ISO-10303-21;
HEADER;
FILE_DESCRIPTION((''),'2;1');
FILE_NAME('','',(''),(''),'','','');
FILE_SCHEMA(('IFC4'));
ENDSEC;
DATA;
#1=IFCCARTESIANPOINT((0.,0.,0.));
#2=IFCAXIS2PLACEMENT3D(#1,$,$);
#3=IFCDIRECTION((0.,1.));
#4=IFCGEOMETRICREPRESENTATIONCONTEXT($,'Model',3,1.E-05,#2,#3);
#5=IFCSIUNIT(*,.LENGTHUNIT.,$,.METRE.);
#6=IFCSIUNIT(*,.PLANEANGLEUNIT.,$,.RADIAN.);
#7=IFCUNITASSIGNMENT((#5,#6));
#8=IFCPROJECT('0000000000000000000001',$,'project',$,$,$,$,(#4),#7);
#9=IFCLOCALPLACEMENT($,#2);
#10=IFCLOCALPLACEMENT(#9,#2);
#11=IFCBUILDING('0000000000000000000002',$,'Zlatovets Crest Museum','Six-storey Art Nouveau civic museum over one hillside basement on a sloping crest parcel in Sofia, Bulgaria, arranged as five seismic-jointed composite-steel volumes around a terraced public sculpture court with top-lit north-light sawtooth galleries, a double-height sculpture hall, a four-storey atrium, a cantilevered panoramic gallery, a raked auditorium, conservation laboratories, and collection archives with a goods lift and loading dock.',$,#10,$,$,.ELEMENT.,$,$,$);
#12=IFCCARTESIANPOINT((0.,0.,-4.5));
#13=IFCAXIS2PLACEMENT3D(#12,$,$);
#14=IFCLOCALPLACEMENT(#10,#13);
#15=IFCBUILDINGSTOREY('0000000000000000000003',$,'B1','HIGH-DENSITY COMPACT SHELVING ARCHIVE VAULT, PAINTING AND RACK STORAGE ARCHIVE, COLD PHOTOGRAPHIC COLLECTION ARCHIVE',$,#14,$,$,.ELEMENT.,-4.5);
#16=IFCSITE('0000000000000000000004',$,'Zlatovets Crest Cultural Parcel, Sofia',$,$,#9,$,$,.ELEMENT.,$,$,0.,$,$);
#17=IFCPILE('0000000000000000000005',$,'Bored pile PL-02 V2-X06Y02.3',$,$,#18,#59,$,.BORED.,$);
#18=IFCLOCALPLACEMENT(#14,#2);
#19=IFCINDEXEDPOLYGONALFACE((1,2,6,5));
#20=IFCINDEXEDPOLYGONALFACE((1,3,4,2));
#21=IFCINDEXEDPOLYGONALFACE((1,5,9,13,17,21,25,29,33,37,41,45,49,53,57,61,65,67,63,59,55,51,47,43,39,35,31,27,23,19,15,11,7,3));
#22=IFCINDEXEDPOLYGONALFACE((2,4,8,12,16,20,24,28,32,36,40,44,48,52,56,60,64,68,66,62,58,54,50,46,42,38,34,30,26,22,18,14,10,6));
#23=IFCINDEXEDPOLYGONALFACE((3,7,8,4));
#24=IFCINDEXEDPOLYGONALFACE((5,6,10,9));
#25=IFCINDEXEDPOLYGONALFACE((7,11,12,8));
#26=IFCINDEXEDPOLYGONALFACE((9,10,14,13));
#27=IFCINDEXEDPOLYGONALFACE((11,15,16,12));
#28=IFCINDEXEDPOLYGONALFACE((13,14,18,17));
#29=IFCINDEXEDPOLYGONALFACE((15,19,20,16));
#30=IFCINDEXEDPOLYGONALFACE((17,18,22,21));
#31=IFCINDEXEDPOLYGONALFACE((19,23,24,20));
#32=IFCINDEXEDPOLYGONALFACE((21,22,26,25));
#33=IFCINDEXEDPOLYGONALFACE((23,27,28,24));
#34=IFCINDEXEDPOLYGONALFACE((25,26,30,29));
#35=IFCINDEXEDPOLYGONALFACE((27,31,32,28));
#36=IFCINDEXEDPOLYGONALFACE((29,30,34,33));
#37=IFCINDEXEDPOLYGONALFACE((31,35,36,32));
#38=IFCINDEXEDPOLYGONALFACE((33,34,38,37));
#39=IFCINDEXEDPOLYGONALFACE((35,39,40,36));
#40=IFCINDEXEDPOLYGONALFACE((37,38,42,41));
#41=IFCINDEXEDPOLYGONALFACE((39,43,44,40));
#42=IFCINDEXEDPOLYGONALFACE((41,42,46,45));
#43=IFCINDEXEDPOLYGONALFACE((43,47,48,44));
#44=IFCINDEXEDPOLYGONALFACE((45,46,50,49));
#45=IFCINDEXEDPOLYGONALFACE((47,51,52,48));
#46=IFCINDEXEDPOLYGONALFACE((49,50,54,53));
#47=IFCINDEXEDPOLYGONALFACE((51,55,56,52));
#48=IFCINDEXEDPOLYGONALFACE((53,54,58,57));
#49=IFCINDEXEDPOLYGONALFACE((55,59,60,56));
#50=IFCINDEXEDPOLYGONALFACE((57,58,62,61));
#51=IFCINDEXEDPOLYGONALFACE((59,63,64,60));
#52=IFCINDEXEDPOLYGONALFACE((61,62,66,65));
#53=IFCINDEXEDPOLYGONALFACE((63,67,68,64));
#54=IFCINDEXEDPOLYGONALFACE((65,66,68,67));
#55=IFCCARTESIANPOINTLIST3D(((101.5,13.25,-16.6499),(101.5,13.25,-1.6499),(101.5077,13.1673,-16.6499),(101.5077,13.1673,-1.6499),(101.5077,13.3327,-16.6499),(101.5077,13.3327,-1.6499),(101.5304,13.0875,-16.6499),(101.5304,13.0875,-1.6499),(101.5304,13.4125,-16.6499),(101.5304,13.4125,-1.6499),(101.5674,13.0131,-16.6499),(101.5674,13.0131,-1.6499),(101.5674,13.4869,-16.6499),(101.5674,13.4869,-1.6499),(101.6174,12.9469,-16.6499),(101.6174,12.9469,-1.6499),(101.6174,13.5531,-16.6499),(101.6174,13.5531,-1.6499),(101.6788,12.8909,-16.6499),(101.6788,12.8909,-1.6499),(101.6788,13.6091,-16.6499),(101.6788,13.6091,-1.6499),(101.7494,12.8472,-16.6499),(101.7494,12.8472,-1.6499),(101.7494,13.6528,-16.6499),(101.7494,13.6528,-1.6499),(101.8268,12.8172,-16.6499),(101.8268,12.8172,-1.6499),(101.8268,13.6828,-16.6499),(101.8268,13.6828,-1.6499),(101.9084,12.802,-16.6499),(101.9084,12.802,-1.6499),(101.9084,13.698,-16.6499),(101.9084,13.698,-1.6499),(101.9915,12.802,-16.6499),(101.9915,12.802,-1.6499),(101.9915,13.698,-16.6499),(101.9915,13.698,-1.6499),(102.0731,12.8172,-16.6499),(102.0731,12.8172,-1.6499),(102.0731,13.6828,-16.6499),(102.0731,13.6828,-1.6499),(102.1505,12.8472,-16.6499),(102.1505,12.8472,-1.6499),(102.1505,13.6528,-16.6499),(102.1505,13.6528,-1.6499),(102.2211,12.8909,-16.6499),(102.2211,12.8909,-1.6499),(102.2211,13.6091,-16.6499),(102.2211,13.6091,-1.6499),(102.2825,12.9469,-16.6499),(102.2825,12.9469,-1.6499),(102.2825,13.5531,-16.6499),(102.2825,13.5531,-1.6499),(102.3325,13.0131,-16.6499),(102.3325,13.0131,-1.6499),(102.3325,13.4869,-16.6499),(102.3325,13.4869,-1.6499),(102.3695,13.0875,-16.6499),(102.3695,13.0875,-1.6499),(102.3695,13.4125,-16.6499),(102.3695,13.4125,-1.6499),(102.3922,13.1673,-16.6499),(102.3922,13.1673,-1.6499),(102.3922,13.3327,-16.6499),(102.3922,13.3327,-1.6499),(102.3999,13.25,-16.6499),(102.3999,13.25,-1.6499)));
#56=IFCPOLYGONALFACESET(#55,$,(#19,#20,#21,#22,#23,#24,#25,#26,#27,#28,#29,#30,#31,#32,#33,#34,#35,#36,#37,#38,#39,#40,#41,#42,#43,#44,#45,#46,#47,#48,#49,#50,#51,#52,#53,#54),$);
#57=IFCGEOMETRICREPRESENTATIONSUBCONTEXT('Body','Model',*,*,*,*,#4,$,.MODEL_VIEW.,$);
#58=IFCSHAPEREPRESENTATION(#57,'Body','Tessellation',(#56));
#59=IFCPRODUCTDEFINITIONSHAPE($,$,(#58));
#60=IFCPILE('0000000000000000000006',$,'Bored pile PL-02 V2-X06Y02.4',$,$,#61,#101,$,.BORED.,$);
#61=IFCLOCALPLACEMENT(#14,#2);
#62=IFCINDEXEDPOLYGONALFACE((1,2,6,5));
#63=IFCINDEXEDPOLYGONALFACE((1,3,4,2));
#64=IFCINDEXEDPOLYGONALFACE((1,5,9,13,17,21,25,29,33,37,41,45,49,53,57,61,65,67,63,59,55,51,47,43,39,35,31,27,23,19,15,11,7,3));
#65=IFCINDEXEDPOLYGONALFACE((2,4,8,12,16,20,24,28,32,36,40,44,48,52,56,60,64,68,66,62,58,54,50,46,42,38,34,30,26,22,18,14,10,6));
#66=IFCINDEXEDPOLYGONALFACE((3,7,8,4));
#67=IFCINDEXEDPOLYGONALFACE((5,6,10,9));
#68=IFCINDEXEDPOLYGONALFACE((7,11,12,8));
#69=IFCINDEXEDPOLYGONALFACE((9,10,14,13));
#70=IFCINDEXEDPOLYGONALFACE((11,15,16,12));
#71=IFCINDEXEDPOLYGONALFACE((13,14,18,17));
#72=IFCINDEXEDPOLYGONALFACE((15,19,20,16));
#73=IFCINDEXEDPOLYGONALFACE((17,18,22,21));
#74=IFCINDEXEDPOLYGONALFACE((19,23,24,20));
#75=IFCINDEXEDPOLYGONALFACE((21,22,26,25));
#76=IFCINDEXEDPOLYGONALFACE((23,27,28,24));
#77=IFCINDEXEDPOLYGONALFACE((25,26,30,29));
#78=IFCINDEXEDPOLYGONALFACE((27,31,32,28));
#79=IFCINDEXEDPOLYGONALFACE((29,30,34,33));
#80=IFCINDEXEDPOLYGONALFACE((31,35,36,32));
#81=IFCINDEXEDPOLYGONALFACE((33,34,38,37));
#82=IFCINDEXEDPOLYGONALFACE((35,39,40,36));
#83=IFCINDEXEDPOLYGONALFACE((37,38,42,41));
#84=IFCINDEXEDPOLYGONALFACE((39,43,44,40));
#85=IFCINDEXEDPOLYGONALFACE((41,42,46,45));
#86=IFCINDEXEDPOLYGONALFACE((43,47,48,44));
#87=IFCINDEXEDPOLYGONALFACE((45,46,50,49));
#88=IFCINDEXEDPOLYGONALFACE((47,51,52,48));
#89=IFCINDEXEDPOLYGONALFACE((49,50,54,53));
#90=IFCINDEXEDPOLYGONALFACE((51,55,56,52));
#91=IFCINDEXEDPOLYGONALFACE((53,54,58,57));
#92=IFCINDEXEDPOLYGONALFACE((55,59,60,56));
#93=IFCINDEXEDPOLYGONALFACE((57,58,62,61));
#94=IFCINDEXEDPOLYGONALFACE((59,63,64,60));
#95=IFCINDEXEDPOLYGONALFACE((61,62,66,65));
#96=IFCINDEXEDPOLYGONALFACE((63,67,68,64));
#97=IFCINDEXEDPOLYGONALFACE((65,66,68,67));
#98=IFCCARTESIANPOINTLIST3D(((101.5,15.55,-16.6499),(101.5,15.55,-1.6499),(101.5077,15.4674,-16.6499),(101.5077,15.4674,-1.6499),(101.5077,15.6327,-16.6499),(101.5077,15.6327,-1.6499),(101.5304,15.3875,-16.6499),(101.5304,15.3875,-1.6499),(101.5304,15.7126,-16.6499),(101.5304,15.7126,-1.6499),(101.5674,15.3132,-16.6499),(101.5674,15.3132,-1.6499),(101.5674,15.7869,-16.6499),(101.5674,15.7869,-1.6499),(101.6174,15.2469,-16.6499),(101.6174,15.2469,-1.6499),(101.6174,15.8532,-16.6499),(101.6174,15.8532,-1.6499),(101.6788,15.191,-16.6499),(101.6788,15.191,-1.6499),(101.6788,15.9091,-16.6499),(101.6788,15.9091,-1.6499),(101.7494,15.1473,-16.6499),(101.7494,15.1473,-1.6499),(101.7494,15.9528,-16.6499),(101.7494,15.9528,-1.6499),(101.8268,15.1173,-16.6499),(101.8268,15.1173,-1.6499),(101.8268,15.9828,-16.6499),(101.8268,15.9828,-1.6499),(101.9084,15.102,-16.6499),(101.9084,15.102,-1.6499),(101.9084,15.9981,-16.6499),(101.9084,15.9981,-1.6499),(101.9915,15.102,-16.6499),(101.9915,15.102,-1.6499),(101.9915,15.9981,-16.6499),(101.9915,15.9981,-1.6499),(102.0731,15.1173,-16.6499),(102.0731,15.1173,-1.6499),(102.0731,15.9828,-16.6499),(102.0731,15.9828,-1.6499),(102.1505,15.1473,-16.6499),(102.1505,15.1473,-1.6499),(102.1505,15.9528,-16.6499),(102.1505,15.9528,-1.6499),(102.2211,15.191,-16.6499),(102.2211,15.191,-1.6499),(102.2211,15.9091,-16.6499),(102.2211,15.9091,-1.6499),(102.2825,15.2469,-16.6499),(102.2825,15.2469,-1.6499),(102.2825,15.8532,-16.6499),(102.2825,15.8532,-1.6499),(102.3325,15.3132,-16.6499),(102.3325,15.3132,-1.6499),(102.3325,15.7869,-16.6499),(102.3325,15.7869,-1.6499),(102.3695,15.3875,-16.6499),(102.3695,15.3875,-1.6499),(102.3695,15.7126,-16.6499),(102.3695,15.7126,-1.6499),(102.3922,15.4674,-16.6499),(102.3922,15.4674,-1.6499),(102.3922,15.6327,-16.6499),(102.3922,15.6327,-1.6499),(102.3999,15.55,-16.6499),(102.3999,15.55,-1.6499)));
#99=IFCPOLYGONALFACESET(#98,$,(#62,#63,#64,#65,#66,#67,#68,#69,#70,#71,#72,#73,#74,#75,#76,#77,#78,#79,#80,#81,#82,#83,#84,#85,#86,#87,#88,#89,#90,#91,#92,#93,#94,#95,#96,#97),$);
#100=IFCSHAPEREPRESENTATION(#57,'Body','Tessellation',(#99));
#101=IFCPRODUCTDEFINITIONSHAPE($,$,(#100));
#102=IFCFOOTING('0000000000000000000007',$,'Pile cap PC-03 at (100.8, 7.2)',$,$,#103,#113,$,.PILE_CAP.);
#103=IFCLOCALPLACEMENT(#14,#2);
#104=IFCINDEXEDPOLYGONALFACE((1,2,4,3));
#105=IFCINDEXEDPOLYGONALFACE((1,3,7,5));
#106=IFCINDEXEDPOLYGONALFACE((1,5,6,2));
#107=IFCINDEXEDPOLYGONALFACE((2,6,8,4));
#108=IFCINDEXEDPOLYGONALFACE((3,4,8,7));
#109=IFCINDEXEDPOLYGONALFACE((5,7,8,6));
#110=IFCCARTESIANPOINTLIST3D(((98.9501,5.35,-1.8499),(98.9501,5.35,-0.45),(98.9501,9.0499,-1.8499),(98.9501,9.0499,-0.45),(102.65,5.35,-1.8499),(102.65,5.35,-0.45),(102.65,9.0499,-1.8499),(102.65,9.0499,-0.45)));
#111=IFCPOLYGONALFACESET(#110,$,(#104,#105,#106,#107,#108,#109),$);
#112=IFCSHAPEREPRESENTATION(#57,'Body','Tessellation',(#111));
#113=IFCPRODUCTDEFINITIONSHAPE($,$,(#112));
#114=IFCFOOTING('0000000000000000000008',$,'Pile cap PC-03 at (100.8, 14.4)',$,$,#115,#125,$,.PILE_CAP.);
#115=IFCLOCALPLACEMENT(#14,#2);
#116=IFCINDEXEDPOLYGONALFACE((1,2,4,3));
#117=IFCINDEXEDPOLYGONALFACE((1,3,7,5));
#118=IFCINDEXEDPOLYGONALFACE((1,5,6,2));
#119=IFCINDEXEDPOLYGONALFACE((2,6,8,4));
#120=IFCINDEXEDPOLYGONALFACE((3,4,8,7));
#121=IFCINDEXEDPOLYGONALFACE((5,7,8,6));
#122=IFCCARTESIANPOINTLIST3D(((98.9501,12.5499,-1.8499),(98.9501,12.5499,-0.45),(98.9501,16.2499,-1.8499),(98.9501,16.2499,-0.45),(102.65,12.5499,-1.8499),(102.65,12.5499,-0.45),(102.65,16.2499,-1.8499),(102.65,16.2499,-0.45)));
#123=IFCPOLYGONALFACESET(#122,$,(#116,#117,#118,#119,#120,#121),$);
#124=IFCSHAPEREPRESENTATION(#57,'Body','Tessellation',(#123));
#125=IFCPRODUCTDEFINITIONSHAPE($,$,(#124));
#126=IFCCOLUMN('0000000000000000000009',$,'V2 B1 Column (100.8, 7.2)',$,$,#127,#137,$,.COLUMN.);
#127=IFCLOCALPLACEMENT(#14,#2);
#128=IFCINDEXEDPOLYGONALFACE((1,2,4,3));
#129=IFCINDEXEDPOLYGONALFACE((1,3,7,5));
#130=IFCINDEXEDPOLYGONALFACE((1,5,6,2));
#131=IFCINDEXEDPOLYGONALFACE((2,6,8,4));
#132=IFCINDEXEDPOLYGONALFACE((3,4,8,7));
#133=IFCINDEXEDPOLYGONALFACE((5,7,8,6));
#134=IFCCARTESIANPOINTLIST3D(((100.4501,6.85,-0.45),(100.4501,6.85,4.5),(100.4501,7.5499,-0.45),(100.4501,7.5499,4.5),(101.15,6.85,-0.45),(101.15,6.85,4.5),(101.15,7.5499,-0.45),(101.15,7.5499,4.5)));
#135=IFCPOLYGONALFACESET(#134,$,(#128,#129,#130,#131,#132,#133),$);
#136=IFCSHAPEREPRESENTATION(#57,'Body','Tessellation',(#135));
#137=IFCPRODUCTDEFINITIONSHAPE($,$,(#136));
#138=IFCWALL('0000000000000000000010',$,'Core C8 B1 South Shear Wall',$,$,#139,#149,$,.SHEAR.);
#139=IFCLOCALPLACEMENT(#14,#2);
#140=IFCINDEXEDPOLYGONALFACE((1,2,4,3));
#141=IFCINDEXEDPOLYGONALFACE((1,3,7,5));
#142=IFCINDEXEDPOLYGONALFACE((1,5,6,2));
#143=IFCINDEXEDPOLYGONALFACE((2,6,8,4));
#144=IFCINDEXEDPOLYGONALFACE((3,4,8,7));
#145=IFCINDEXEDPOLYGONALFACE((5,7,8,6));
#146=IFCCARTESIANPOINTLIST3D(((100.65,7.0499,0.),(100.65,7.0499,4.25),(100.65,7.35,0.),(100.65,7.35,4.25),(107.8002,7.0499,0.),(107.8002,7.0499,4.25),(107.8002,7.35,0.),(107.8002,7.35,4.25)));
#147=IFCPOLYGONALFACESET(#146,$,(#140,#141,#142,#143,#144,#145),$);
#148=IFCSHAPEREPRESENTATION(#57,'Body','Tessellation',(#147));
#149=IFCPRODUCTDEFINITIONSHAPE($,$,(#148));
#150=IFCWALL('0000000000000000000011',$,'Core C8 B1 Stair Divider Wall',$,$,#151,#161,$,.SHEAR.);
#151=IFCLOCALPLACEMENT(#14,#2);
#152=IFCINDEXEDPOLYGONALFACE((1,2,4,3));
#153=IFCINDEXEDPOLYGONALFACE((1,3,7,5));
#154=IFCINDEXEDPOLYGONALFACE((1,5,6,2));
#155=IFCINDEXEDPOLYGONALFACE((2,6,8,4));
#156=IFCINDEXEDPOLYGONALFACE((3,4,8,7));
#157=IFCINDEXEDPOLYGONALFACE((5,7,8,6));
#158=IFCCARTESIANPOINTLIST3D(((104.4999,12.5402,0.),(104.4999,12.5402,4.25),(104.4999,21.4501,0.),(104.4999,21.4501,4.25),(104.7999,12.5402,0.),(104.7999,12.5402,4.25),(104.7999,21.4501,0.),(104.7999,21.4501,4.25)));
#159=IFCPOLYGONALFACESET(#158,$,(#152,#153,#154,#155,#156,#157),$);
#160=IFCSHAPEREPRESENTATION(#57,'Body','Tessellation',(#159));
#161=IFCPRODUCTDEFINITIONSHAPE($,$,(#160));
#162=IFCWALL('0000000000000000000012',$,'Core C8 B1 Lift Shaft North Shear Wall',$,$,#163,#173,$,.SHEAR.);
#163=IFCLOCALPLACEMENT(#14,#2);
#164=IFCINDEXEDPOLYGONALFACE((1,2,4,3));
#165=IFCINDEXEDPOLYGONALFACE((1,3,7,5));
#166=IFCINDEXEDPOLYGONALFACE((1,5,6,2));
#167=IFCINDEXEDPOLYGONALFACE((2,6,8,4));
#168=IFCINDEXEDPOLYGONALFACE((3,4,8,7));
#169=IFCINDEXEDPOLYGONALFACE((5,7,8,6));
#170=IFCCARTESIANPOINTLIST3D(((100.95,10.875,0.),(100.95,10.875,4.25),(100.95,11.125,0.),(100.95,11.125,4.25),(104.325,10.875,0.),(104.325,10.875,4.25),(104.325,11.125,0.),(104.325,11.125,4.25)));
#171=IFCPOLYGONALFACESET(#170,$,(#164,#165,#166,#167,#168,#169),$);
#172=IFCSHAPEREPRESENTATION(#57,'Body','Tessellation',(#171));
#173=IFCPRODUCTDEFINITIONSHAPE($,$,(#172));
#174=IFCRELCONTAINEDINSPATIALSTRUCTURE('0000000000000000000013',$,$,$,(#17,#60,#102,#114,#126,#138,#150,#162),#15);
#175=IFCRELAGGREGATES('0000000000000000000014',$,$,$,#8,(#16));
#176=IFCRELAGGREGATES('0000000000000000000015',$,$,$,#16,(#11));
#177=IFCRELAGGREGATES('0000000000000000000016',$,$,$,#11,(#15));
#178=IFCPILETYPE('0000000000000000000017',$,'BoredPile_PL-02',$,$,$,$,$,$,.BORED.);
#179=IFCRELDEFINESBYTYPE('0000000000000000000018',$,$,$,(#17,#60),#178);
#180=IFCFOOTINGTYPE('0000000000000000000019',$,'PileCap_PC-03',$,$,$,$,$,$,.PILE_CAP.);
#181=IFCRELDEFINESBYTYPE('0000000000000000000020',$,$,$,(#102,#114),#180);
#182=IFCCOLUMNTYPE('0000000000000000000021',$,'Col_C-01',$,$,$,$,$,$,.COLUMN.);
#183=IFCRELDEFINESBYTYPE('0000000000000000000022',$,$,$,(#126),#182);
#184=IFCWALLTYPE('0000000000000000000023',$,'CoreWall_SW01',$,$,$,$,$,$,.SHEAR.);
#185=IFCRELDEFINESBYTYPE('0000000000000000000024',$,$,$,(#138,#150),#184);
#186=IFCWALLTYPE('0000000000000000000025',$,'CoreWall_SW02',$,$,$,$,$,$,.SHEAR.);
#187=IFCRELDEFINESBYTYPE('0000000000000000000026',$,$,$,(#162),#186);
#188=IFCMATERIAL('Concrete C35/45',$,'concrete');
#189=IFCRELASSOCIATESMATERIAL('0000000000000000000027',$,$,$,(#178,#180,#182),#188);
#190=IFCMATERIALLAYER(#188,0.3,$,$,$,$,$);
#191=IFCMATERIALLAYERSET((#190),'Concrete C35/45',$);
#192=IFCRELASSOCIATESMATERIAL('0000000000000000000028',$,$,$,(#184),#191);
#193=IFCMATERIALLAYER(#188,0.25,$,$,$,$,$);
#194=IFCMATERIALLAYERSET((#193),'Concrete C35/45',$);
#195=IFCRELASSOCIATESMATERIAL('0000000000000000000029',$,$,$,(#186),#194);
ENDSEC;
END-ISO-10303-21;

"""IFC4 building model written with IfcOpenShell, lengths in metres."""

from ifc_helpers import new_model, si_unit, direction, frame, frame_2d, origin, origin_2d, place, context, subcontext, project, spatial, rectangle, circle, extrude, material, layer, layer_set, material_profile, profile_set, type_object, element, save


model = new_model("IFC4")

# Units and contexts
model_context = context("Model", 3, precision=1e-05, world=origin(), true_north=direction((0.0, 1.0)))
body_context = subcontext(model_context, "Body", "Model", "MODEL_VIEW")
ifc_project = project(units=[si_unit("LENGTHUNIT", "METRE"), si_unit("PLANEANGLEUNIT", "RADIAN")], contexts=[model_context])

# Site, building, storey
site_placement = place(None, origin())
site = spatial("IfcSite", under=ifc_project, at=site_placement, Name="Zlatovets Crest Cultural Parcel, Sofia", CompositionType="ELEMENT", RefElevation=0.0)
building_placement = place(site_placement, origin())
building = spatial("IfcBuilding", under=site, at=building_placement, Name="Zlatovets Crest Museum", Description="Six-storey Art Nouveau civic museum over one hillside basement on a sloping crest parcel in Sofia, Bulgaria, arranged as five seismic-jointed composite-steel volumes around a terraced public sculpture court with top-lit north-light sawtooth galleries, a double-height sculpture hall, a four-storey atrium, a cantilevered panoramic gallery, a raked auditorium, conservation laboratories, and collection archives with a goods lift and loading dock.", CompositionType="ELEMENT")
storey_placement = place(building_placement, frame((0.0, 0.0, -4.5)))
storey = spatial("IfcBuildingStorey", under=building, at=storey_placement, Name="B1", Description="HIGH-DENSITY COMPACT SHELVING ARCHIVE VAULT, PAINTING AND RACK STORAGE ARCHIVE, COLD PHOTOGRAPHIC COLLECTION ARCHIVE", CompositionType="ELEMENT", Elevation=-4.5)

# Piles
ifc_material_1 = material(Name="Concrete C35/45", Category="concrete")
ifc_material_profile_1 = material_profile(ifc_material_1, circle(Radius=0.45, at=origin_2d()), Name="PILE D900")
ifc_profile_set_1 = profile_set([ifc_material_profile_1], Name="Concrete C35/45")
pile_type = type_object("IfcPileType", Name="BoredPile_PL-02", PredefinedType="BORED", material=ifc_profile_set_1)
for number, where, z_axis, x_axis, name in (
    (1, (101.95, 13.25, -1.6499), (0.0, 0.0, -1.0), (1.0, 0.0, 0.0), "Bored pile PL-02 V2-X06Y02.3"),
    (2, (101.95, 15.55, -1.6499), (0.0, 0.0, -1.0), (1.0, 0.0, 0.0), "Bored pile PL-02 V2-X06Y02.4"),
):
    element("IfcPile", number, at=place(storey_placement, frame(where, z_axis=z_axis, x_axis=x_axis)), inside=storey, type_object=pile_type, Name=name, PredefinedType="BORED", context=body_context, shape_type="SweptSolid", body=[
        extrude(circle(Radius=0.45, at=origin_2d()), origin(), (0.0, 0.0, 1.0), 15.0),
    ])

# Footings
footing_type = type_object("IfcFootingType", Name="PileCap_PC-03", PredefinedType="PILE_CAP", material=ifc_material_1)
for number, where, z_axis, x_axis, name in (
    (3, (100.8, 7.2, -1.8499), (0.0, 0.0, 1.0), (1.0, 0.0, 0.0), "Pile cap PC-03 at (100.8, 7.2)"),
    (4, (100.8, 14.3999, -1.8499), (0.0, 0.0, 1.0), (1.0, 0.0, 0.0), "Pile cap PC-03 at (100.8, 14.4)"),
):
    element("IfcFooting", number, at=place(storey_placement, frame(where, z_axis=z_axis, x_axis=x_axis)), inside=storey, type_object=footing_type, Name=name, PredefinedType="PILE_CAP", context=body_context, shape_type="SweptSolid", body=[
        extrude(rectangle(XDim=3.7, YDim=3.7, at=origin_2d()), origin(), (0.0, 0.0, 1.0), 1.3999),
    ])

# Column
ifc_material_profile_2 = material_profile(ifc_material_1, rectangle(XDim=0.7, YDim=0.7, at=origin_2d()), Name="RC 700x700")
ifc_profile_set_2 = profile_set([ifc_material_profile_2], Name="Concrete C35/45")
column_type = type_object("IfcColumnType", Name="Col_C-01", PredefinedType="COLUMN", material=ifc_profile_set_2)
column_placement = place(storey_placement, frame((100.8, 7.2, -0.45), z_axis=(0.0, 0.0, 1.0), x_axis=(0.0, 1.0, 0.0)))
element("IfcColumn", 5, at=column_placement, inside=storey, type_object=column_type, Name="V2 B1 Column (100.8, 7.2)", PredefinedType="COLUMN", context=body_context, shape_type="SweptSolid", body=[
    extrude(rectangle(XDim=0.7, YDim=0.7, at=origin_2d()), origin(), (0.0, 0.0, 1.0), 4.95),
])

# Wall
ifc_layer_1 = layer(ifc_material_1, 0.3)
ifc_layer_set_1 = layer_set([ifc_layer_1], Name="Concrete C35/45")
wall_type_1 = type_object("IfcWallType", Name="CoreWall_SW01", PredefinedType="SHEAR", material=ifc_layer_set_1)
wall_1_placement = place(storey_placement, frame((100.6499, 7.2, 0.0), z_axis=(0.0, 0.0, 1.0), x_axis=(1.0, 0.0, 0.0)))
element("IfcWall", 6, at=wall_1_placement, inside=storey, type_object=wall_type_1, Name="Core C8 B1 South Shear Wall", PredefinedType="SHEAR", context=body_context, shape_type="SweptSolid", body=[
    extrude(rectangle(XDim=7.1501, YDim=0.3, at=frame_2d((3.5752, 0.0))), origin(), (0.0, 0.0, 1.0), 4.25),
])

# Wall
wall_2_placement = place(storey_placement, frame((104.6499, 12.54, 0.0), z_axis=(0.0, 0.0, 1.0), x_axis=(0.0, 1.0, 0.0)))
element("IfcWall", 7, at=wall_2_placement, inside=storey, type_object=wall_type_1, Name="Core C8 B1 Stair Divider Wall", PredefinedType="SHEAR", context=body_context, shape_type="SweptSolid", body=[
    extrude(rectangle(XDim=8.9099, YDim=0.3, at=frame_2d((4.4551, 0.0))), origin(), (0.0, 0.0, 1.0), 4.25),
])

# Shared definitions
ifc_layer_2 = layer(ifc_material_1, 0.25)
ifc_layer_set_2 = layer_set([ifc_layer_2], Name="Concrete C35/45")
wall_type_2 = type_object("IfcWallType", Name="CoreWall_SW02", PredefinedType="SHEAR", material=ifc_layer_set_2)

# Wall
wall_3_placement = place(storey_placement, frame((100.95, 11.0, 0.0), z_axis=(0.0, 0.0, 1.0), x_axis=(1.0, 0.0, 0.0)))
element("IfcWall", 8, at=wall_3_placement, inside=storey, type_object=wall_type_2, Name="Core C8 B1 Lift Shaft North Shear Wall", PredefinedType="SHEAR", context=body_context, shape_type="SweptSolid", body=[
    extrude(rectangle(XDim=3.375, YDim=0.25, at=frame_2d((1.6875, 0.0))), origin(), (0.0, 0.0, 1.0), 4.25),
])

save(model, "model.ifc")
